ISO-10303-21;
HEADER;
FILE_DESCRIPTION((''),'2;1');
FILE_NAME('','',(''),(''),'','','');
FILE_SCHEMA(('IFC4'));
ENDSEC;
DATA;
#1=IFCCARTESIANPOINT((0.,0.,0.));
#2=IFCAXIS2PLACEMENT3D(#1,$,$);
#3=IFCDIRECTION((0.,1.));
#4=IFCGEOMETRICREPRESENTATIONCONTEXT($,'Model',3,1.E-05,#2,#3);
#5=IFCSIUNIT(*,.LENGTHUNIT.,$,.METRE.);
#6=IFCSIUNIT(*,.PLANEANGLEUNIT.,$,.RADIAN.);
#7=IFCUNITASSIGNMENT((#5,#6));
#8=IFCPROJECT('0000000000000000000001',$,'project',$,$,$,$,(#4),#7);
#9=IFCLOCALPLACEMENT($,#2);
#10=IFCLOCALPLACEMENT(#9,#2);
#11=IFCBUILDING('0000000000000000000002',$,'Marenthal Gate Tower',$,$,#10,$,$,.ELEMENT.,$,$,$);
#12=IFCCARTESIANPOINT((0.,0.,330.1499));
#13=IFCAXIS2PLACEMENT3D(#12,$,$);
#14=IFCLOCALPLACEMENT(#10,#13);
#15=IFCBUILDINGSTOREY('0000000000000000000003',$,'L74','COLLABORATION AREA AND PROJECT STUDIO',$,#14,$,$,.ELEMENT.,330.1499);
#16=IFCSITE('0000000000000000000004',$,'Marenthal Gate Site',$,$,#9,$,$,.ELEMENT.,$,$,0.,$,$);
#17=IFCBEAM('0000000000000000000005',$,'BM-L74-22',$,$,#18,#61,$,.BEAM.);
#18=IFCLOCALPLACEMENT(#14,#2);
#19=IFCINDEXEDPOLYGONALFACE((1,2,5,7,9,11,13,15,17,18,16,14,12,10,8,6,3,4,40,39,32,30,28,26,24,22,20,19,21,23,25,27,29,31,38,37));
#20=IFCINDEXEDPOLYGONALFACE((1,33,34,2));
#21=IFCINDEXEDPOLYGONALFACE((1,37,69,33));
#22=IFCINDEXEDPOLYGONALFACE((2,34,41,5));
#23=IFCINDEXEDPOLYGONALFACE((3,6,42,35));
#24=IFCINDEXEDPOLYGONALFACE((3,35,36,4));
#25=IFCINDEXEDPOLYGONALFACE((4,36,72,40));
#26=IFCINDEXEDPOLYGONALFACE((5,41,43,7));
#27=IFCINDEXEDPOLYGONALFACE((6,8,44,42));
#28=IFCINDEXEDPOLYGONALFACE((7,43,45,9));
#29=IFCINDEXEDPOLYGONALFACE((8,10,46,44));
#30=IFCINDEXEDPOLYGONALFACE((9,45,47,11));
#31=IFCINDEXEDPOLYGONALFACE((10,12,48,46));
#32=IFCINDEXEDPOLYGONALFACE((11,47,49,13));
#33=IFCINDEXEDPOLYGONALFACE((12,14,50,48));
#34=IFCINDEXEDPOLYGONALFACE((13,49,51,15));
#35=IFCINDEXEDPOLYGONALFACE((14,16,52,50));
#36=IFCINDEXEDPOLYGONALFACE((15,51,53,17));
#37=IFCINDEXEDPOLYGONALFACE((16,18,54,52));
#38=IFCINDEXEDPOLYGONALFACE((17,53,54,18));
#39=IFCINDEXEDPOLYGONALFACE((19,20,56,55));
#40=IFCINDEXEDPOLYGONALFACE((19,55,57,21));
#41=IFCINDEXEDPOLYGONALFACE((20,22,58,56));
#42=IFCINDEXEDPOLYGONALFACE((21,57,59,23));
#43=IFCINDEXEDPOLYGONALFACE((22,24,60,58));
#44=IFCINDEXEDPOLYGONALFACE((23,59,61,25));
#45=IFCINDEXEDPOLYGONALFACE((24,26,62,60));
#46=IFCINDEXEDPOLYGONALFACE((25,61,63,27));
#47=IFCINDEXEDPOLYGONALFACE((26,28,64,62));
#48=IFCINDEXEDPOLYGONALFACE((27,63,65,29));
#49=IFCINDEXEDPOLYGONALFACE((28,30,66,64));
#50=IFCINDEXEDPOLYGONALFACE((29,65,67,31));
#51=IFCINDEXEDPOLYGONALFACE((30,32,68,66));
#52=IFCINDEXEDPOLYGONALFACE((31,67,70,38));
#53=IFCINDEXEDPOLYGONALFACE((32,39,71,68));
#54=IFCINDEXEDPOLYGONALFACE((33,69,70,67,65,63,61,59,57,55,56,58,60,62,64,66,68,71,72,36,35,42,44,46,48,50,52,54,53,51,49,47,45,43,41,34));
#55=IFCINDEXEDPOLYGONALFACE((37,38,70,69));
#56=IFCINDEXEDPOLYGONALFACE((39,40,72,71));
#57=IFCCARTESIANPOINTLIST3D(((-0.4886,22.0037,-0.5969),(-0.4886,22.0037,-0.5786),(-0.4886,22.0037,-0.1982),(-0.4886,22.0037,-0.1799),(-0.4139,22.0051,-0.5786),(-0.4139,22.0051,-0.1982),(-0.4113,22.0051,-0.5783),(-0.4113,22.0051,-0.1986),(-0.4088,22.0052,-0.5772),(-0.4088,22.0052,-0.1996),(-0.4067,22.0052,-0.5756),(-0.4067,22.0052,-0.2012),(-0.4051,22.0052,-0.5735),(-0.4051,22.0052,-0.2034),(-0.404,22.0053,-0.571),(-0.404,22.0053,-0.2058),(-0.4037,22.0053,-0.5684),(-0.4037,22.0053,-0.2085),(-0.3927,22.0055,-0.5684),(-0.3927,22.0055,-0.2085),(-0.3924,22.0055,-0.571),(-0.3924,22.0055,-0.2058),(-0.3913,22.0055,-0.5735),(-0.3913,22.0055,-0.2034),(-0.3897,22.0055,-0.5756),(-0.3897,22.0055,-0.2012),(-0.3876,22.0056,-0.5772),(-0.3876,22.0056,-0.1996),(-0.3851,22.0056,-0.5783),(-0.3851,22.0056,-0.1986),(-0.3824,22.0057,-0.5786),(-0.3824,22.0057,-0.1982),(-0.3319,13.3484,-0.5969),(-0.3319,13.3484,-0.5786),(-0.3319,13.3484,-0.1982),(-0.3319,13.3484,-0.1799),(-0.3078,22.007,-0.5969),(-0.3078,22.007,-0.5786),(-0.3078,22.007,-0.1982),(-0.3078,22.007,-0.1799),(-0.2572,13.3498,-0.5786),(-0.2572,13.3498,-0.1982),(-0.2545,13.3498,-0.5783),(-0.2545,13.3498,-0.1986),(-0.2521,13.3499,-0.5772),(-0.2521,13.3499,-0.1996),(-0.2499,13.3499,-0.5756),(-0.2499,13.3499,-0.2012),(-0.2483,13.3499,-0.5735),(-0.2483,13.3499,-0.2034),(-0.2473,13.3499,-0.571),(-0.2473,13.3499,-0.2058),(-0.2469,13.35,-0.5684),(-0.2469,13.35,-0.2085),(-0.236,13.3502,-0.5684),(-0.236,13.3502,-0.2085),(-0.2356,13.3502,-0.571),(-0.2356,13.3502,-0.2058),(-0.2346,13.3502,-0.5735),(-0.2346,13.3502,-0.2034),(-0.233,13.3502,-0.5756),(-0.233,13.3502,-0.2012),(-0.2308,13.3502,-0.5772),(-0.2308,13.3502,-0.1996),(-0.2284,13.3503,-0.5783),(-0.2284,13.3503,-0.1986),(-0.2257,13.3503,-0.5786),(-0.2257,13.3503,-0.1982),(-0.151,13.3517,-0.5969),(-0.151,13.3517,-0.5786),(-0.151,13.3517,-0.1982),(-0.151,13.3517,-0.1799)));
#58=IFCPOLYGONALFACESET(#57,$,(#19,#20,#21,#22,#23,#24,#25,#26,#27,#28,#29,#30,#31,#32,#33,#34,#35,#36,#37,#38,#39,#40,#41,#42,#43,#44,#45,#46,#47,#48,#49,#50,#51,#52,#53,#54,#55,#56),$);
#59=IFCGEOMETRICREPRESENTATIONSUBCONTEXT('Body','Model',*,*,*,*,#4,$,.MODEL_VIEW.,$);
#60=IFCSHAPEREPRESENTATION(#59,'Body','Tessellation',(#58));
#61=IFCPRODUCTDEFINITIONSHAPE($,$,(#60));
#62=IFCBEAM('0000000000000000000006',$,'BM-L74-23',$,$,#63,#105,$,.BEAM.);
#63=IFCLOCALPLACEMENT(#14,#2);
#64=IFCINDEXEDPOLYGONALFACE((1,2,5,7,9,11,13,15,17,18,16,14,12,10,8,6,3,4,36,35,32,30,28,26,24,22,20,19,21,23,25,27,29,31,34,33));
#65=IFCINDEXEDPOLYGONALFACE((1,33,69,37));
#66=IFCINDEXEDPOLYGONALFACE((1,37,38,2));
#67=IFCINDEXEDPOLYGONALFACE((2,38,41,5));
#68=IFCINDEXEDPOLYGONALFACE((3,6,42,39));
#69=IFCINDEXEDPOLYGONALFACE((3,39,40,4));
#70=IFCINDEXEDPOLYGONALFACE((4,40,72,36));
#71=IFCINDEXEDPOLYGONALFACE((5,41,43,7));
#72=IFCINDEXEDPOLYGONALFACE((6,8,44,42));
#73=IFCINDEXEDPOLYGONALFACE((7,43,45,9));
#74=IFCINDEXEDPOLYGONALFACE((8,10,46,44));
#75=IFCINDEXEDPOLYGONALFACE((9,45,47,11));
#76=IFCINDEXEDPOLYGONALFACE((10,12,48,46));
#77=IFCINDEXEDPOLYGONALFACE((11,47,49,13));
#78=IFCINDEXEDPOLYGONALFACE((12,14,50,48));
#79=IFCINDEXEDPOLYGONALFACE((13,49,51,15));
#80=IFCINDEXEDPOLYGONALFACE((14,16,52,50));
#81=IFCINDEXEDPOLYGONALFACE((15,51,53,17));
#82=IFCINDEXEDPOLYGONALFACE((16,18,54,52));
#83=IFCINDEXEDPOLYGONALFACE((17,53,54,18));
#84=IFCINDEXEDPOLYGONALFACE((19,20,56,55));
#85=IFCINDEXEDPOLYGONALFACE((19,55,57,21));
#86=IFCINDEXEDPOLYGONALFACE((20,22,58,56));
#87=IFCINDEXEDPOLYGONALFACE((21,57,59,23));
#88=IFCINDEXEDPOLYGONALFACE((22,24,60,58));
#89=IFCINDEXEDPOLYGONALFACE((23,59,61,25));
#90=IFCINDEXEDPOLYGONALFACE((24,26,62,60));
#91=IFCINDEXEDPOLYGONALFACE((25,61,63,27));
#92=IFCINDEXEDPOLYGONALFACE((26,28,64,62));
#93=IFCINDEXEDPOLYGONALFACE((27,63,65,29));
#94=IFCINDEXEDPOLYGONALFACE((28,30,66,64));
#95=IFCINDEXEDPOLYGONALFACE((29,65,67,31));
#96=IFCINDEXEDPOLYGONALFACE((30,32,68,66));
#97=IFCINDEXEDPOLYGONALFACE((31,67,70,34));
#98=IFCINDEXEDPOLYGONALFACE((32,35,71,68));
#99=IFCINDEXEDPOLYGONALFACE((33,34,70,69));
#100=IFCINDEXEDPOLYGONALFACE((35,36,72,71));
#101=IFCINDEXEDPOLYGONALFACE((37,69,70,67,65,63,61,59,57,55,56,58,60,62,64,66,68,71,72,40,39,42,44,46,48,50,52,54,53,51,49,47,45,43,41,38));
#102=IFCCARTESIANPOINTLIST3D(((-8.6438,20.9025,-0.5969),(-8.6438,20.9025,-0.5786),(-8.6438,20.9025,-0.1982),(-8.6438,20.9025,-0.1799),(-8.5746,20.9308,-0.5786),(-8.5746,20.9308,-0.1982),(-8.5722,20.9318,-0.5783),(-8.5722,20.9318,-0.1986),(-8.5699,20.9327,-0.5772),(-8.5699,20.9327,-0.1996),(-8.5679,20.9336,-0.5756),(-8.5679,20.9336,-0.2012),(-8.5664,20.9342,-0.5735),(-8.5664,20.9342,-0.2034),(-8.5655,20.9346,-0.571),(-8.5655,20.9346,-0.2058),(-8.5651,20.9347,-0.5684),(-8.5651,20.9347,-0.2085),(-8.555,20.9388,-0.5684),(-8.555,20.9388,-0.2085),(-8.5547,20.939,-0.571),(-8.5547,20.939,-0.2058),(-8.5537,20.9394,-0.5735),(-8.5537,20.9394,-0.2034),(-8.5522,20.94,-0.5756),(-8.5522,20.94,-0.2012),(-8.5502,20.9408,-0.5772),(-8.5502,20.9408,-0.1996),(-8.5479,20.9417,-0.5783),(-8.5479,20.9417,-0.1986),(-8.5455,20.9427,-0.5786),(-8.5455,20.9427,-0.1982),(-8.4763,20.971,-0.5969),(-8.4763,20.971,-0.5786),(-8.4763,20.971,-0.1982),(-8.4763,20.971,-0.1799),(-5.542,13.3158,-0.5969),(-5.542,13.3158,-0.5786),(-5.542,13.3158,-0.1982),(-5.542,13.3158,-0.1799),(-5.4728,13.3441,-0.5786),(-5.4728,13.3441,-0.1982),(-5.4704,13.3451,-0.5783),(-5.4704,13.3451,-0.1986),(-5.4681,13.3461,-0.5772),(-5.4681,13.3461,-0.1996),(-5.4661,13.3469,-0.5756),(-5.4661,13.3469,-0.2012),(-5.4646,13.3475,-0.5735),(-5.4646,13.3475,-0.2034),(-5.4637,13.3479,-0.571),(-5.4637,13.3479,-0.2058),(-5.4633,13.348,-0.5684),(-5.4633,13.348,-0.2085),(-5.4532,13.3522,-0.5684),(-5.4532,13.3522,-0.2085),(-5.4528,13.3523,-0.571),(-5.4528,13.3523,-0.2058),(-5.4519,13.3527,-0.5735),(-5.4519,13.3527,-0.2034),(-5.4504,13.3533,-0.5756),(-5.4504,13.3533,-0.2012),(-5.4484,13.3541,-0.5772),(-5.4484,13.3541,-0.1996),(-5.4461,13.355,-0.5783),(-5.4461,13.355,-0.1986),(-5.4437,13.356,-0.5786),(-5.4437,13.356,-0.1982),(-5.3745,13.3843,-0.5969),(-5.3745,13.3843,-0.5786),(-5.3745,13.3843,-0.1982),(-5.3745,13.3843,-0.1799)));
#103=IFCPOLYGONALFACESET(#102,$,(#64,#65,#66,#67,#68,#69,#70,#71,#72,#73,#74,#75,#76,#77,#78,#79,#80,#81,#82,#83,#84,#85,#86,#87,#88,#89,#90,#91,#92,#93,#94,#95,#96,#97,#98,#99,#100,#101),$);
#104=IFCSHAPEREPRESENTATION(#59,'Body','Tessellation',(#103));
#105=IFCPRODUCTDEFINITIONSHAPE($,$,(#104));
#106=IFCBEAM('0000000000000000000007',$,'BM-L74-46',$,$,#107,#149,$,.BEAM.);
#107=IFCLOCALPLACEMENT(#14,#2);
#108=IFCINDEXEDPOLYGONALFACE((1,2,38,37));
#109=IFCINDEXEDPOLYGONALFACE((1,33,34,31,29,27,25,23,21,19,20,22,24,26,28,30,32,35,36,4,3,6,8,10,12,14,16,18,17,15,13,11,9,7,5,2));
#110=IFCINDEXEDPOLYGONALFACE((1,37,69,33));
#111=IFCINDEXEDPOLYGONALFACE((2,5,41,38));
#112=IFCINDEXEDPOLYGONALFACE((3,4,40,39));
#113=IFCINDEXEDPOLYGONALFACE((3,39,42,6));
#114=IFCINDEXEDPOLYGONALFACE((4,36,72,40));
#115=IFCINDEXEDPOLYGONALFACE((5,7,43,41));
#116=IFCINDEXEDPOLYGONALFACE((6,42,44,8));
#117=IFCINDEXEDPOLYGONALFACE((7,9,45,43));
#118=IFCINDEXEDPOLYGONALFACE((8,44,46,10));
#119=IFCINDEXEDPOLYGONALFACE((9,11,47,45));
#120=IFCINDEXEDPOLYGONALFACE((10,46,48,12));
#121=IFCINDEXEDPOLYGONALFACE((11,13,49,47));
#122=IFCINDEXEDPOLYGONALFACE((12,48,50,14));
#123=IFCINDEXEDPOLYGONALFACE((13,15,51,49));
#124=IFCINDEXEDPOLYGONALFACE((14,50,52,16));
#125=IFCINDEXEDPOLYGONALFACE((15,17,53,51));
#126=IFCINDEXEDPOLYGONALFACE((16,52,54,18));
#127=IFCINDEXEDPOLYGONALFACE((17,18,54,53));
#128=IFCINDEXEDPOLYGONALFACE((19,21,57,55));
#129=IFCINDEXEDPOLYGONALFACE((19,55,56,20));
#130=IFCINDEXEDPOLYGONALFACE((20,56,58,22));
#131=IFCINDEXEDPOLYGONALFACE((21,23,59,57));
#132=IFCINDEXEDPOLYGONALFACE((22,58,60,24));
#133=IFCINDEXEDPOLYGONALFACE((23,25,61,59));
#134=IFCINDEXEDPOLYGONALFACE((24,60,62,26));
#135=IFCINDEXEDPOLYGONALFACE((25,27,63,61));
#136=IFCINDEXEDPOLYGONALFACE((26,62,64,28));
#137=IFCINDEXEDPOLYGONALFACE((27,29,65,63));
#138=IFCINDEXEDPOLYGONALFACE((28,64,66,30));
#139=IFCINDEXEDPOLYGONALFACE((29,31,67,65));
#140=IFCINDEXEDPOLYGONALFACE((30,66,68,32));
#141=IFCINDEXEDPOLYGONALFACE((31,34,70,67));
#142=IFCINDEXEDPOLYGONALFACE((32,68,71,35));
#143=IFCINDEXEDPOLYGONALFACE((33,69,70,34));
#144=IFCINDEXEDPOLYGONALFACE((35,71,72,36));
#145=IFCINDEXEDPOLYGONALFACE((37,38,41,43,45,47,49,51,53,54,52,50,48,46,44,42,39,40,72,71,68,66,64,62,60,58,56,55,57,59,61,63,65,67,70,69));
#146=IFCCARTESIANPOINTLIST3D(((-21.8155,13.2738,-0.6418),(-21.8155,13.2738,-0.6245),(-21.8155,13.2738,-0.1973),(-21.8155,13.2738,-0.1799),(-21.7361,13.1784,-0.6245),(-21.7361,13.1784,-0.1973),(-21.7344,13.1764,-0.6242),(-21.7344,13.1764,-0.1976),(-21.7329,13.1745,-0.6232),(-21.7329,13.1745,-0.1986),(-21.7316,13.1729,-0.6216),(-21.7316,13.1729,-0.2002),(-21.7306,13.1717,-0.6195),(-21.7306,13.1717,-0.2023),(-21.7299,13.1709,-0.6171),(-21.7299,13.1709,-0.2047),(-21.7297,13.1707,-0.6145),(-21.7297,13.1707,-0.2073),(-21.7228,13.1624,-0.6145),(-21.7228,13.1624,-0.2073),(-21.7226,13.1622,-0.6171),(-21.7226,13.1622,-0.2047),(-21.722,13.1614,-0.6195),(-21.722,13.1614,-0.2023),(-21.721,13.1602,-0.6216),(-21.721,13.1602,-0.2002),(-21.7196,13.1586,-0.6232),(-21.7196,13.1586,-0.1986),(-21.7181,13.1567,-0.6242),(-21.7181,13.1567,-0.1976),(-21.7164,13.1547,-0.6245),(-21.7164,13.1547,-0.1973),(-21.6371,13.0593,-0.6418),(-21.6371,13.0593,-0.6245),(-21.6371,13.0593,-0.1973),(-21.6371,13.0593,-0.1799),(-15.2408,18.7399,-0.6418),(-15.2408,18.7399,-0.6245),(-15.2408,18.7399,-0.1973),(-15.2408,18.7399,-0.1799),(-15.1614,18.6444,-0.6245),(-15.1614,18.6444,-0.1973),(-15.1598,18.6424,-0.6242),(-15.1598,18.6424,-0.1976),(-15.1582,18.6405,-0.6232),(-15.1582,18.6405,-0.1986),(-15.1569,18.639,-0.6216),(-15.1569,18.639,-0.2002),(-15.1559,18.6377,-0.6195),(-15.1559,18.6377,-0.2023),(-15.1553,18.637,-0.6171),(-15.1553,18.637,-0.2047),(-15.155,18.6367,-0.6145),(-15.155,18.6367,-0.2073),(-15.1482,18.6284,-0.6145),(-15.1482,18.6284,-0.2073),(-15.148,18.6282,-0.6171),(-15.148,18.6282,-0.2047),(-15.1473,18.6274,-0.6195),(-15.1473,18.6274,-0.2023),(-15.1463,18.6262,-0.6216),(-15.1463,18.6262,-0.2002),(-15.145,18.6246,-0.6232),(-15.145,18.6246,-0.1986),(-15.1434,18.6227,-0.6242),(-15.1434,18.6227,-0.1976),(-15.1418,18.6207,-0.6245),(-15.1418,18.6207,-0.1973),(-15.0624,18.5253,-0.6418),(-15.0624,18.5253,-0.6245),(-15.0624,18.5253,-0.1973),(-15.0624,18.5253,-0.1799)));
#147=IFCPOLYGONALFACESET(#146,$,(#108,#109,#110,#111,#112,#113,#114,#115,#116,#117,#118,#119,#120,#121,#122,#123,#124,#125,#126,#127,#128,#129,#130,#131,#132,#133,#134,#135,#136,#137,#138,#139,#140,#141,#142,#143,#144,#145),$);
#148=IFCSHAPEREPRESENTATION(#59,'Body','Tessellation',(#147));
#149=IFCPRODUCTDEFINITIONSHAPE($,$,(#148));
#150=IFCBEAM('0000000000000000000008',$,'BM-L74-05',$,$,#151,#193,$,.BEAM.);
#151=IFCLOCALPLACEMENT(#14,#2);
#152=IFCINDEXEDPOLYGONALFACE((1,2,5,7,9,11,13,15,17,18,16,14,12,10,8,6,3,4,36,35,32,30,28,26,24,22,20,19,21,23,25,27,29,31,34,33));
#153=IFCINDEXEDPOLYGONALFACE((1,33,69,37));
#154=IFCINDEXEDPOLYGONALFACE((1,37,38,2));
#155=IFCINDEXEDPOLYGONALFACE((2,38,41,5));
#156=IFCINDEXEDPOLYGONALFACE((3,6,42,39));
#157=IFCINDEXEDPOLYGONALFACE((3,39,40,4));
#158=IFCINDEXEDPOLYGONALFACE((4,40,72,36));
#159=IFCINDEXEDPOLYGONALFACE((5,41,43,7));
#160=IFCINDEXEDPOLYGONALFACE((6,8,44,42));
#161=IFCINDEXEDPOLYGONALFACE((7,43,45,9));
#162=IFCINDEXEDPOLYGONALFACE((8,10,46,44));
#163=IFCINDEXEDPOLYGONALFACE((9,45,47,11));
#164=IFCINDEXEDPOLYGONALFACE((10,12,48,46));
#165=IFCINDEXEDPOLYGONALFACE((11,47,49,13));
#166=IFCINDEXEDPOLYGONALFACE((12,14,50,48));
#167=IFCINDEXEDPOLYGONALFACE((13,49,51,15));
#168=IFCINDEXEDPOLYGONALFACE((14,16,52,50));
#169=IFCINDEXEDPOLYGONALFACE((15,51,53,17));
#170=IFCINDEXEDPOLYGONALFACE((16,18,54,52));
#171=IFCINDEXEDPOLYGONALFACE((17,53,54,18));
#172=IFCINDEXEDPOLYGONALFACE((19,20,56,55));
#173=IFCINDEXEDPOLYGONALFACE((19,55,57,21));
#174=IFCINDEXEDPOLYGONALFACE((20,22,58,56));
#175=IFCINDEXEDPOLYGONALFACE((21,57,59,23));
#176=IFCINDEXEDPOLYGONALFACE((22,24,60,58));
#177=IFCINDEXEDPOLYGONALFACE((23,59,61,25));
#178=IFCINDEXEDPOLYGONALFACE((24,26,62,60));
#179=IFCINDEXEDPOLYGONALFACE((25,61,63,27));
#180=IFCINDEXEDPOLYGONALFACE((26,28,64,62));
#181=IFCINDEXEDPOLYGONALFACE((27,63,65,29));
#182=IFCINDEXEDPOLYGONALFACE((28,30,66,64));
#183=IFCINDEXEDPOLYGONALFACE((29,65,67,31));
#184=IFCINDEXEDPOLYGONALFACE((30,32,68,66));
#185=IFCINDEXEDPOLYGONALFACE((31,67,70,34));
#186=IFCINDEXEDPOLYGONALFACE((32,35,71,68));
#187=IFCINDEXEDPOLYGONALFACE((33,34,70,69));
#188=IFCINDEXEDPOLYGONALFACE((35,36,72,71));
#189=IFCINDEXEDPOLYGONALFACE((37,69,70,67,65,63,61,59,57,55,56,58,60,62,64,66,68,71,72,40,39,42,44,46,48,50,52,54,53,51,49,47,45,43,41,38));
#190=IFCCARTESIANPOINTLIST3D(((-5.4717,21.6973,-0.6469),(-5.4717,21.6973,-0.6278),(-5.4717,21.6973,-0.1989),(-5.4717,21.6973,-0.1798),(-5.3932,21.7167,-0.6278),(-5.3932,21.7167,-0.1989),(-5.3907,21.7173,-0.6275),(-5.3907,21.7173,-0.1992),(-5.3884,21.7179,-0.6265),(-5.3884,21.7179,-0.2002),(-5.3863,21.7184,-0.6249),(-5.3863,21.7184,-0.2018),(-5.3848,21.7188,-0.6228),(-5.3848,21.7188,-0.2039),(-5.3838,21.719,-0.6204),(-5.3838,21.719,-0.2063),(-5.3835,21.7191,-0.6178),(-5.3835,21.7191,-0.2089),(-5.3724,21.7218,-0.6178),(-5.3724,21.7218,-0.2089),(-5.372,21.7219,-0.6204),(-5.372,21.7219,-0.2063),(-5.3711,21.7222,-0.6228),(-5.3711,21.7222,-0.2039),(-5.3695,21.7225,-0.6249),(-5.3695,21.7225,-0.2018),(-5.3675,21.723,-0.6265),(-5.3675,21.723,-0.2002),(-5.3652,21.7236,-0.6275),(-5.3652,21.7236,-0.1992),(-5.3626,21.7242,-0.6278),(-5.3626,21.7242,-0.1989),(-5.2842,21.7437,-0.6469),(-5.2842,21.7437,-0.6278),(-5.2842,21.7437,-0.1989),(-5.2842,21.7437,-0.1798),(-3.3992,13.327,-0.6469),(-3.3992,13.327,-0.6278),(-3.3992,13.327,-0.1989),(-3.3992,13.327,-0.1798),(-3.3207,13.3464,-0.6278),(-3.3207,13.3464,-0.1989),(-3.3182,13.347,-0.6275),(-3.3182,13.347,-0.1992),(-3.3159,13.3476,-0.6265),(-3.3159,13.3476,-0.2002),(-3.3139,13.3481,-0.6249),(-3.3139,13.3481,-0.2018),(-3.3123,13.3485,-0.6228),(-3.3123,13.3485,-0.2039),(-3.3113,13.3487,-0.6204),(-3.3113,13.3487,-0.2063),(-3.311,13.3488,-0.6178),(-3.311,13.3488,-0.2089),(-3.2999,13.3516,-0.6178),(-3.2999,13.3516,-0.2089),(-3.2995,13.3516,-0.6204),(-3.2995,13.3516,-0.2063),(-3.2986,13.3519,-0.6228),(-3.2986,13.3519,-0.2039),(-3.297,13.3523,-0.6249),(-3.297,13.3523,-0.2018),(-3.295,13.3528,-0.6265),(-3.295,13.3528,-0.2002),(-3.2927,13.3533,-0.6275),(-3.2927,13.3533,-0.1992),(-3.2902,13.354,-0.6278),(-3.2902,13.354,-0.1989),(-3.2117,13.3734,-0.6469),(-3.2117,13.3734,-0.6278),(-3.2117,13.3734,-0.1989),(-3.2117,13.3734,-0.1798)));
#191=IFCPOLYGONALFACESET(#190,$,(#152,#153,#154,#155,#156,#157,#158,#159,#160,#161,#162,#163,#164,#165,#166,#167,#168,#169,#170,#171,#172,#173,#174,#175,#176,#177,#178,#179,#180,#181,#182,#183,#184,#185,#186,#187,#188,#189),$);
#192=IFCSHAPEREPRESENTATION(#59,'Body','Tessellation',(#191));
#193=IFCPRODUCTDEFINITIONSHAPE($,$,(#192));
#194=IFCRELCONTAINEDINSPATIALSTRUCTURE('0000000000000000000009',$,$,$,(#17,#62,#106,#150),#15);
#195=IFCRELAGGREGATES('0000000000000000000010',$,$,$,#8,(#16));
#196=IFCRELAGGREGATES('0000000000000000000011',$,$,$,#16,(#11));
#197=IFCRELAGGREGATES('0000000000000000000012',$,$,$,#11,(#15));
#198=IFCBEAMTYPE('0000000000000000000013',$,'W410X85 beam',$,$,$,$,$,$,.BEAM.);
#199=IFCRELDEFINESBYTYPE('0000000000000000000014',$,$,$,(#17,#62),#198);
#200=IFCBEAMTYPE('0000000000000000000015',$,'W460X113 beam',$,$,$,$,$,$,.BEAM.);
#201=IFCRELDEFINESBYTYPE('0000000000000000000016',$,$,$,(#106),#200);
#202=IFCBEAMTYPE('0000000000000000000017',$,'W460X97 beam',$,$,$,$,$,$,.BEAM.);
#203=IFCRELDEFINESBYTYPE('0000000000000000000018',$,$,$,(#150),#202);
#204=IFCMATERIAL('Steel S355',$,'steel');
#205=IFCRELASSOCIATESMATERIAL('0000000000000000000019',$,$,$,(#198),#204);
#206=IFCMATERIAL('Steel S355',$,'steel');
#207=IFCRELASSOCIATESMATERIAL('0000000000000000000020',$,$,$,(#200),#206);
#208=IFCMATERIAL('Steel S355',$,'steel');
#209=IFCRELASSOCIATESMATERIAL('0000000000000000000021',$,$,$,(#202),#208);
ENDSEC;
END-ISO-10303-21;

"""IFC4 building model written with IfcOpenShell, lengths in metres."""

from ifc_helpers import new_model, si_unit, direction, frame, origin, origin_2d, place, context, subcontext, project, spatial, i_section, extrude, material, material_profile, profile_set, type_object, element, save


model = new_model("IFC4")

# Units and contexts
model_context = context("Model", 3, precision=1e-05, world=origin(), true_north=direction((0.0, 1.0)))
body_context = subcontext(model_context, "Body", "Model", "MODEL_VIEW")
ifc_project = project(units=[si_unit("LENGTHUNIT", "METRE"), si_unit("PLANEANGLEUNIT", "RADIAN")], contexts=[model_context])

# Site, building, storey
site_placement = place(None, origin())
site = spatial("IfcSite", under=ifc_project, at=site_placement, Name="Marenthal Gate Site", CompositionType="ELEMENT", RefElevation=0.0)
building_placement = place(site_placement, origin())
building = spatial("IfcBuilding", under=site, at=building_placement, Name="Marenthal Gate Tower", CompositionType="ELEMENT")
storey_placement = place(building_placement, frame((0.0, 0.0, 330.1499)))
storey = spatial("IfcBuildingStorey", under=building, at=storey_placement, Name="L74", Description="COLLABORATION AREA AND PROJECT STUDIO", CompositionType="ELEMENT", Elevation=330.1499)

# Beams
ifc_material_1 = material(Name="Steel S355", Category="steel")
ifc_material_profile_1 = material_profile(ifc_material_1, i_section(OverallWidth=0.1809, OverallDepth=0.417, WebThickness=0.011, FlangeThickness=0.0183, FilletRadius=0.0103, at=origin_2d()), Name="W410X85")
ifc_profile_set_1 = profile_set([ifc_material_profile_1], Name="Steel S355")
beam_type_1 = type_object("IfcBeamType", Name="W410X85 beam", PredefinedType="BEAM", material=ifc_profile_set_1)
beam_1_placement = place(storey_placement, frame((-0.3982, 22.0054, -0.3884), z_axis=(0.018106, -0.999836, 0.0), x_axis=(0.999836, 0.018106, 0.0)))
element("IfcBeam", 1, at=beam_1_placement, inside=storey, type_object=beam_type_1, Name="BM-L74-22", PredefinedType="BEAM", context=body_context, shape_type="SweptSolid", body=[
    extrude(i_section(OverallWidth=0.1809, OverallDepth=0.417, WebThickness=0.011, FlangeThickness=0.0183, FilletRadius=0.0103, at=origin_2d()), origin(), (0.0, 0.0, 1.0), 8.6567),
])
beam_2_placement = place(storey_placement, frame((-8.5601, 20.9368, -0.3884), z_axis=(0.378441, -0.925625, 0.0), x_axis=(0.925625, 0.378441, 0.0)))
element("IfcBeam", 2, at=beam_2_placement, inside=storey, type_object=beam_type_1, Name="BM-L74-23", PredefinedType="BEAM", context=body_context, shape_type="SweptSolid", body=[
    extrude(i_section(OverallWidth=0.1809, OverallDepth=0.417, WebThickness=0.011, FlangeThickness=0.0183, FilletRadius=0.0103, at=origin_2d()), origin(), (0.0, 0.0, 1.0), 8.1963),
])
ifc_material_2 = material(Name="Steel S355", Category="steel")
ifc_material_profile_2 = material_profile(ifc_material_2, i_section(OverallWidth=0.2791, OverallDepth=0.4619, WebThickness=0.0107, FlangeThickness=0.0173, FilletRadius=0.01, at=origin_2d()), Name="W460X113")
ifc_profile_set_2 = profile_set([ifc_material_profile_2], Name="Steel S355")
beam_type_2 = type_object("IfcBeamType", Name="W460X113 beam", PredefinedType="BEAM", material=ifc_profile_set_2)
beam_3_placement = place(storey_placement, frame((-15.1516, 18.6326, -0.4109), z_axis=(-0.76896, -0.639296, 0.0), x_axis=(0.639296, -0.76896, 0.0)))
element("IfcBeam", 3, at=beam_3_placement, inside=storey, type_object=beam_type_2, Name="BM-L74-46", PredefinedType="BEAM", context=body_context, shape_type="SweptSolid", body=[
    extrude(i_section(OverallWidth=0.2791, OverallDepth=0.4619, WebThickness=0.0107, FlangeThickness=0.0173, FilletRadius=0.01, at=origin_2d()), origin(), (0.0, 0.0, 1.0), 8.55),
])
ifc_material_3 = material(Name="Steel S355", Category="steel")
ifc_material_profile_3 = material_profile(ifc_material_3, i_section(OverallWidth=0.1931, OverallDepth=0.467, WebThickness=0.0115, FlangeThickness=0.019, FilletRadius=0.01, at=origin_2d()), Name="W460X97")
ifc_profile_set_3 = profile_set([ifc_material_profile_3], Name="Steel S355")
beam_type_3 = type_object("IfcBeamType", Name="W460X97 beam", PredefinedType="BEAM", material=ifc_profile_set_3)
beam_4_placement = place(storey_placement, frame((-5.3779, 21.7205, -0.4133), z_axis=(0.240343, -0.970688, 0.0), x_axis=(0.970688, 0.240343, 0.0)))
element("IfcBeam", 4, at=beam_4_placement, inside=storey, type_object=beam_type_3, Name="BM-L74-05", PredefinedType="BEAM", context=body_context, shape_type="SweptSolid", body=[
    extrude(i_section(OverallWidth=0.1931, OverallDepth=0.467, WebThickness=0.0115, FlangeThickness=0.019, FilletRadius=0.01, at=origin_2d()), origin(), (0.0, 0.0, 1.0), 8.623),
])

save(model, "model.ifc")
